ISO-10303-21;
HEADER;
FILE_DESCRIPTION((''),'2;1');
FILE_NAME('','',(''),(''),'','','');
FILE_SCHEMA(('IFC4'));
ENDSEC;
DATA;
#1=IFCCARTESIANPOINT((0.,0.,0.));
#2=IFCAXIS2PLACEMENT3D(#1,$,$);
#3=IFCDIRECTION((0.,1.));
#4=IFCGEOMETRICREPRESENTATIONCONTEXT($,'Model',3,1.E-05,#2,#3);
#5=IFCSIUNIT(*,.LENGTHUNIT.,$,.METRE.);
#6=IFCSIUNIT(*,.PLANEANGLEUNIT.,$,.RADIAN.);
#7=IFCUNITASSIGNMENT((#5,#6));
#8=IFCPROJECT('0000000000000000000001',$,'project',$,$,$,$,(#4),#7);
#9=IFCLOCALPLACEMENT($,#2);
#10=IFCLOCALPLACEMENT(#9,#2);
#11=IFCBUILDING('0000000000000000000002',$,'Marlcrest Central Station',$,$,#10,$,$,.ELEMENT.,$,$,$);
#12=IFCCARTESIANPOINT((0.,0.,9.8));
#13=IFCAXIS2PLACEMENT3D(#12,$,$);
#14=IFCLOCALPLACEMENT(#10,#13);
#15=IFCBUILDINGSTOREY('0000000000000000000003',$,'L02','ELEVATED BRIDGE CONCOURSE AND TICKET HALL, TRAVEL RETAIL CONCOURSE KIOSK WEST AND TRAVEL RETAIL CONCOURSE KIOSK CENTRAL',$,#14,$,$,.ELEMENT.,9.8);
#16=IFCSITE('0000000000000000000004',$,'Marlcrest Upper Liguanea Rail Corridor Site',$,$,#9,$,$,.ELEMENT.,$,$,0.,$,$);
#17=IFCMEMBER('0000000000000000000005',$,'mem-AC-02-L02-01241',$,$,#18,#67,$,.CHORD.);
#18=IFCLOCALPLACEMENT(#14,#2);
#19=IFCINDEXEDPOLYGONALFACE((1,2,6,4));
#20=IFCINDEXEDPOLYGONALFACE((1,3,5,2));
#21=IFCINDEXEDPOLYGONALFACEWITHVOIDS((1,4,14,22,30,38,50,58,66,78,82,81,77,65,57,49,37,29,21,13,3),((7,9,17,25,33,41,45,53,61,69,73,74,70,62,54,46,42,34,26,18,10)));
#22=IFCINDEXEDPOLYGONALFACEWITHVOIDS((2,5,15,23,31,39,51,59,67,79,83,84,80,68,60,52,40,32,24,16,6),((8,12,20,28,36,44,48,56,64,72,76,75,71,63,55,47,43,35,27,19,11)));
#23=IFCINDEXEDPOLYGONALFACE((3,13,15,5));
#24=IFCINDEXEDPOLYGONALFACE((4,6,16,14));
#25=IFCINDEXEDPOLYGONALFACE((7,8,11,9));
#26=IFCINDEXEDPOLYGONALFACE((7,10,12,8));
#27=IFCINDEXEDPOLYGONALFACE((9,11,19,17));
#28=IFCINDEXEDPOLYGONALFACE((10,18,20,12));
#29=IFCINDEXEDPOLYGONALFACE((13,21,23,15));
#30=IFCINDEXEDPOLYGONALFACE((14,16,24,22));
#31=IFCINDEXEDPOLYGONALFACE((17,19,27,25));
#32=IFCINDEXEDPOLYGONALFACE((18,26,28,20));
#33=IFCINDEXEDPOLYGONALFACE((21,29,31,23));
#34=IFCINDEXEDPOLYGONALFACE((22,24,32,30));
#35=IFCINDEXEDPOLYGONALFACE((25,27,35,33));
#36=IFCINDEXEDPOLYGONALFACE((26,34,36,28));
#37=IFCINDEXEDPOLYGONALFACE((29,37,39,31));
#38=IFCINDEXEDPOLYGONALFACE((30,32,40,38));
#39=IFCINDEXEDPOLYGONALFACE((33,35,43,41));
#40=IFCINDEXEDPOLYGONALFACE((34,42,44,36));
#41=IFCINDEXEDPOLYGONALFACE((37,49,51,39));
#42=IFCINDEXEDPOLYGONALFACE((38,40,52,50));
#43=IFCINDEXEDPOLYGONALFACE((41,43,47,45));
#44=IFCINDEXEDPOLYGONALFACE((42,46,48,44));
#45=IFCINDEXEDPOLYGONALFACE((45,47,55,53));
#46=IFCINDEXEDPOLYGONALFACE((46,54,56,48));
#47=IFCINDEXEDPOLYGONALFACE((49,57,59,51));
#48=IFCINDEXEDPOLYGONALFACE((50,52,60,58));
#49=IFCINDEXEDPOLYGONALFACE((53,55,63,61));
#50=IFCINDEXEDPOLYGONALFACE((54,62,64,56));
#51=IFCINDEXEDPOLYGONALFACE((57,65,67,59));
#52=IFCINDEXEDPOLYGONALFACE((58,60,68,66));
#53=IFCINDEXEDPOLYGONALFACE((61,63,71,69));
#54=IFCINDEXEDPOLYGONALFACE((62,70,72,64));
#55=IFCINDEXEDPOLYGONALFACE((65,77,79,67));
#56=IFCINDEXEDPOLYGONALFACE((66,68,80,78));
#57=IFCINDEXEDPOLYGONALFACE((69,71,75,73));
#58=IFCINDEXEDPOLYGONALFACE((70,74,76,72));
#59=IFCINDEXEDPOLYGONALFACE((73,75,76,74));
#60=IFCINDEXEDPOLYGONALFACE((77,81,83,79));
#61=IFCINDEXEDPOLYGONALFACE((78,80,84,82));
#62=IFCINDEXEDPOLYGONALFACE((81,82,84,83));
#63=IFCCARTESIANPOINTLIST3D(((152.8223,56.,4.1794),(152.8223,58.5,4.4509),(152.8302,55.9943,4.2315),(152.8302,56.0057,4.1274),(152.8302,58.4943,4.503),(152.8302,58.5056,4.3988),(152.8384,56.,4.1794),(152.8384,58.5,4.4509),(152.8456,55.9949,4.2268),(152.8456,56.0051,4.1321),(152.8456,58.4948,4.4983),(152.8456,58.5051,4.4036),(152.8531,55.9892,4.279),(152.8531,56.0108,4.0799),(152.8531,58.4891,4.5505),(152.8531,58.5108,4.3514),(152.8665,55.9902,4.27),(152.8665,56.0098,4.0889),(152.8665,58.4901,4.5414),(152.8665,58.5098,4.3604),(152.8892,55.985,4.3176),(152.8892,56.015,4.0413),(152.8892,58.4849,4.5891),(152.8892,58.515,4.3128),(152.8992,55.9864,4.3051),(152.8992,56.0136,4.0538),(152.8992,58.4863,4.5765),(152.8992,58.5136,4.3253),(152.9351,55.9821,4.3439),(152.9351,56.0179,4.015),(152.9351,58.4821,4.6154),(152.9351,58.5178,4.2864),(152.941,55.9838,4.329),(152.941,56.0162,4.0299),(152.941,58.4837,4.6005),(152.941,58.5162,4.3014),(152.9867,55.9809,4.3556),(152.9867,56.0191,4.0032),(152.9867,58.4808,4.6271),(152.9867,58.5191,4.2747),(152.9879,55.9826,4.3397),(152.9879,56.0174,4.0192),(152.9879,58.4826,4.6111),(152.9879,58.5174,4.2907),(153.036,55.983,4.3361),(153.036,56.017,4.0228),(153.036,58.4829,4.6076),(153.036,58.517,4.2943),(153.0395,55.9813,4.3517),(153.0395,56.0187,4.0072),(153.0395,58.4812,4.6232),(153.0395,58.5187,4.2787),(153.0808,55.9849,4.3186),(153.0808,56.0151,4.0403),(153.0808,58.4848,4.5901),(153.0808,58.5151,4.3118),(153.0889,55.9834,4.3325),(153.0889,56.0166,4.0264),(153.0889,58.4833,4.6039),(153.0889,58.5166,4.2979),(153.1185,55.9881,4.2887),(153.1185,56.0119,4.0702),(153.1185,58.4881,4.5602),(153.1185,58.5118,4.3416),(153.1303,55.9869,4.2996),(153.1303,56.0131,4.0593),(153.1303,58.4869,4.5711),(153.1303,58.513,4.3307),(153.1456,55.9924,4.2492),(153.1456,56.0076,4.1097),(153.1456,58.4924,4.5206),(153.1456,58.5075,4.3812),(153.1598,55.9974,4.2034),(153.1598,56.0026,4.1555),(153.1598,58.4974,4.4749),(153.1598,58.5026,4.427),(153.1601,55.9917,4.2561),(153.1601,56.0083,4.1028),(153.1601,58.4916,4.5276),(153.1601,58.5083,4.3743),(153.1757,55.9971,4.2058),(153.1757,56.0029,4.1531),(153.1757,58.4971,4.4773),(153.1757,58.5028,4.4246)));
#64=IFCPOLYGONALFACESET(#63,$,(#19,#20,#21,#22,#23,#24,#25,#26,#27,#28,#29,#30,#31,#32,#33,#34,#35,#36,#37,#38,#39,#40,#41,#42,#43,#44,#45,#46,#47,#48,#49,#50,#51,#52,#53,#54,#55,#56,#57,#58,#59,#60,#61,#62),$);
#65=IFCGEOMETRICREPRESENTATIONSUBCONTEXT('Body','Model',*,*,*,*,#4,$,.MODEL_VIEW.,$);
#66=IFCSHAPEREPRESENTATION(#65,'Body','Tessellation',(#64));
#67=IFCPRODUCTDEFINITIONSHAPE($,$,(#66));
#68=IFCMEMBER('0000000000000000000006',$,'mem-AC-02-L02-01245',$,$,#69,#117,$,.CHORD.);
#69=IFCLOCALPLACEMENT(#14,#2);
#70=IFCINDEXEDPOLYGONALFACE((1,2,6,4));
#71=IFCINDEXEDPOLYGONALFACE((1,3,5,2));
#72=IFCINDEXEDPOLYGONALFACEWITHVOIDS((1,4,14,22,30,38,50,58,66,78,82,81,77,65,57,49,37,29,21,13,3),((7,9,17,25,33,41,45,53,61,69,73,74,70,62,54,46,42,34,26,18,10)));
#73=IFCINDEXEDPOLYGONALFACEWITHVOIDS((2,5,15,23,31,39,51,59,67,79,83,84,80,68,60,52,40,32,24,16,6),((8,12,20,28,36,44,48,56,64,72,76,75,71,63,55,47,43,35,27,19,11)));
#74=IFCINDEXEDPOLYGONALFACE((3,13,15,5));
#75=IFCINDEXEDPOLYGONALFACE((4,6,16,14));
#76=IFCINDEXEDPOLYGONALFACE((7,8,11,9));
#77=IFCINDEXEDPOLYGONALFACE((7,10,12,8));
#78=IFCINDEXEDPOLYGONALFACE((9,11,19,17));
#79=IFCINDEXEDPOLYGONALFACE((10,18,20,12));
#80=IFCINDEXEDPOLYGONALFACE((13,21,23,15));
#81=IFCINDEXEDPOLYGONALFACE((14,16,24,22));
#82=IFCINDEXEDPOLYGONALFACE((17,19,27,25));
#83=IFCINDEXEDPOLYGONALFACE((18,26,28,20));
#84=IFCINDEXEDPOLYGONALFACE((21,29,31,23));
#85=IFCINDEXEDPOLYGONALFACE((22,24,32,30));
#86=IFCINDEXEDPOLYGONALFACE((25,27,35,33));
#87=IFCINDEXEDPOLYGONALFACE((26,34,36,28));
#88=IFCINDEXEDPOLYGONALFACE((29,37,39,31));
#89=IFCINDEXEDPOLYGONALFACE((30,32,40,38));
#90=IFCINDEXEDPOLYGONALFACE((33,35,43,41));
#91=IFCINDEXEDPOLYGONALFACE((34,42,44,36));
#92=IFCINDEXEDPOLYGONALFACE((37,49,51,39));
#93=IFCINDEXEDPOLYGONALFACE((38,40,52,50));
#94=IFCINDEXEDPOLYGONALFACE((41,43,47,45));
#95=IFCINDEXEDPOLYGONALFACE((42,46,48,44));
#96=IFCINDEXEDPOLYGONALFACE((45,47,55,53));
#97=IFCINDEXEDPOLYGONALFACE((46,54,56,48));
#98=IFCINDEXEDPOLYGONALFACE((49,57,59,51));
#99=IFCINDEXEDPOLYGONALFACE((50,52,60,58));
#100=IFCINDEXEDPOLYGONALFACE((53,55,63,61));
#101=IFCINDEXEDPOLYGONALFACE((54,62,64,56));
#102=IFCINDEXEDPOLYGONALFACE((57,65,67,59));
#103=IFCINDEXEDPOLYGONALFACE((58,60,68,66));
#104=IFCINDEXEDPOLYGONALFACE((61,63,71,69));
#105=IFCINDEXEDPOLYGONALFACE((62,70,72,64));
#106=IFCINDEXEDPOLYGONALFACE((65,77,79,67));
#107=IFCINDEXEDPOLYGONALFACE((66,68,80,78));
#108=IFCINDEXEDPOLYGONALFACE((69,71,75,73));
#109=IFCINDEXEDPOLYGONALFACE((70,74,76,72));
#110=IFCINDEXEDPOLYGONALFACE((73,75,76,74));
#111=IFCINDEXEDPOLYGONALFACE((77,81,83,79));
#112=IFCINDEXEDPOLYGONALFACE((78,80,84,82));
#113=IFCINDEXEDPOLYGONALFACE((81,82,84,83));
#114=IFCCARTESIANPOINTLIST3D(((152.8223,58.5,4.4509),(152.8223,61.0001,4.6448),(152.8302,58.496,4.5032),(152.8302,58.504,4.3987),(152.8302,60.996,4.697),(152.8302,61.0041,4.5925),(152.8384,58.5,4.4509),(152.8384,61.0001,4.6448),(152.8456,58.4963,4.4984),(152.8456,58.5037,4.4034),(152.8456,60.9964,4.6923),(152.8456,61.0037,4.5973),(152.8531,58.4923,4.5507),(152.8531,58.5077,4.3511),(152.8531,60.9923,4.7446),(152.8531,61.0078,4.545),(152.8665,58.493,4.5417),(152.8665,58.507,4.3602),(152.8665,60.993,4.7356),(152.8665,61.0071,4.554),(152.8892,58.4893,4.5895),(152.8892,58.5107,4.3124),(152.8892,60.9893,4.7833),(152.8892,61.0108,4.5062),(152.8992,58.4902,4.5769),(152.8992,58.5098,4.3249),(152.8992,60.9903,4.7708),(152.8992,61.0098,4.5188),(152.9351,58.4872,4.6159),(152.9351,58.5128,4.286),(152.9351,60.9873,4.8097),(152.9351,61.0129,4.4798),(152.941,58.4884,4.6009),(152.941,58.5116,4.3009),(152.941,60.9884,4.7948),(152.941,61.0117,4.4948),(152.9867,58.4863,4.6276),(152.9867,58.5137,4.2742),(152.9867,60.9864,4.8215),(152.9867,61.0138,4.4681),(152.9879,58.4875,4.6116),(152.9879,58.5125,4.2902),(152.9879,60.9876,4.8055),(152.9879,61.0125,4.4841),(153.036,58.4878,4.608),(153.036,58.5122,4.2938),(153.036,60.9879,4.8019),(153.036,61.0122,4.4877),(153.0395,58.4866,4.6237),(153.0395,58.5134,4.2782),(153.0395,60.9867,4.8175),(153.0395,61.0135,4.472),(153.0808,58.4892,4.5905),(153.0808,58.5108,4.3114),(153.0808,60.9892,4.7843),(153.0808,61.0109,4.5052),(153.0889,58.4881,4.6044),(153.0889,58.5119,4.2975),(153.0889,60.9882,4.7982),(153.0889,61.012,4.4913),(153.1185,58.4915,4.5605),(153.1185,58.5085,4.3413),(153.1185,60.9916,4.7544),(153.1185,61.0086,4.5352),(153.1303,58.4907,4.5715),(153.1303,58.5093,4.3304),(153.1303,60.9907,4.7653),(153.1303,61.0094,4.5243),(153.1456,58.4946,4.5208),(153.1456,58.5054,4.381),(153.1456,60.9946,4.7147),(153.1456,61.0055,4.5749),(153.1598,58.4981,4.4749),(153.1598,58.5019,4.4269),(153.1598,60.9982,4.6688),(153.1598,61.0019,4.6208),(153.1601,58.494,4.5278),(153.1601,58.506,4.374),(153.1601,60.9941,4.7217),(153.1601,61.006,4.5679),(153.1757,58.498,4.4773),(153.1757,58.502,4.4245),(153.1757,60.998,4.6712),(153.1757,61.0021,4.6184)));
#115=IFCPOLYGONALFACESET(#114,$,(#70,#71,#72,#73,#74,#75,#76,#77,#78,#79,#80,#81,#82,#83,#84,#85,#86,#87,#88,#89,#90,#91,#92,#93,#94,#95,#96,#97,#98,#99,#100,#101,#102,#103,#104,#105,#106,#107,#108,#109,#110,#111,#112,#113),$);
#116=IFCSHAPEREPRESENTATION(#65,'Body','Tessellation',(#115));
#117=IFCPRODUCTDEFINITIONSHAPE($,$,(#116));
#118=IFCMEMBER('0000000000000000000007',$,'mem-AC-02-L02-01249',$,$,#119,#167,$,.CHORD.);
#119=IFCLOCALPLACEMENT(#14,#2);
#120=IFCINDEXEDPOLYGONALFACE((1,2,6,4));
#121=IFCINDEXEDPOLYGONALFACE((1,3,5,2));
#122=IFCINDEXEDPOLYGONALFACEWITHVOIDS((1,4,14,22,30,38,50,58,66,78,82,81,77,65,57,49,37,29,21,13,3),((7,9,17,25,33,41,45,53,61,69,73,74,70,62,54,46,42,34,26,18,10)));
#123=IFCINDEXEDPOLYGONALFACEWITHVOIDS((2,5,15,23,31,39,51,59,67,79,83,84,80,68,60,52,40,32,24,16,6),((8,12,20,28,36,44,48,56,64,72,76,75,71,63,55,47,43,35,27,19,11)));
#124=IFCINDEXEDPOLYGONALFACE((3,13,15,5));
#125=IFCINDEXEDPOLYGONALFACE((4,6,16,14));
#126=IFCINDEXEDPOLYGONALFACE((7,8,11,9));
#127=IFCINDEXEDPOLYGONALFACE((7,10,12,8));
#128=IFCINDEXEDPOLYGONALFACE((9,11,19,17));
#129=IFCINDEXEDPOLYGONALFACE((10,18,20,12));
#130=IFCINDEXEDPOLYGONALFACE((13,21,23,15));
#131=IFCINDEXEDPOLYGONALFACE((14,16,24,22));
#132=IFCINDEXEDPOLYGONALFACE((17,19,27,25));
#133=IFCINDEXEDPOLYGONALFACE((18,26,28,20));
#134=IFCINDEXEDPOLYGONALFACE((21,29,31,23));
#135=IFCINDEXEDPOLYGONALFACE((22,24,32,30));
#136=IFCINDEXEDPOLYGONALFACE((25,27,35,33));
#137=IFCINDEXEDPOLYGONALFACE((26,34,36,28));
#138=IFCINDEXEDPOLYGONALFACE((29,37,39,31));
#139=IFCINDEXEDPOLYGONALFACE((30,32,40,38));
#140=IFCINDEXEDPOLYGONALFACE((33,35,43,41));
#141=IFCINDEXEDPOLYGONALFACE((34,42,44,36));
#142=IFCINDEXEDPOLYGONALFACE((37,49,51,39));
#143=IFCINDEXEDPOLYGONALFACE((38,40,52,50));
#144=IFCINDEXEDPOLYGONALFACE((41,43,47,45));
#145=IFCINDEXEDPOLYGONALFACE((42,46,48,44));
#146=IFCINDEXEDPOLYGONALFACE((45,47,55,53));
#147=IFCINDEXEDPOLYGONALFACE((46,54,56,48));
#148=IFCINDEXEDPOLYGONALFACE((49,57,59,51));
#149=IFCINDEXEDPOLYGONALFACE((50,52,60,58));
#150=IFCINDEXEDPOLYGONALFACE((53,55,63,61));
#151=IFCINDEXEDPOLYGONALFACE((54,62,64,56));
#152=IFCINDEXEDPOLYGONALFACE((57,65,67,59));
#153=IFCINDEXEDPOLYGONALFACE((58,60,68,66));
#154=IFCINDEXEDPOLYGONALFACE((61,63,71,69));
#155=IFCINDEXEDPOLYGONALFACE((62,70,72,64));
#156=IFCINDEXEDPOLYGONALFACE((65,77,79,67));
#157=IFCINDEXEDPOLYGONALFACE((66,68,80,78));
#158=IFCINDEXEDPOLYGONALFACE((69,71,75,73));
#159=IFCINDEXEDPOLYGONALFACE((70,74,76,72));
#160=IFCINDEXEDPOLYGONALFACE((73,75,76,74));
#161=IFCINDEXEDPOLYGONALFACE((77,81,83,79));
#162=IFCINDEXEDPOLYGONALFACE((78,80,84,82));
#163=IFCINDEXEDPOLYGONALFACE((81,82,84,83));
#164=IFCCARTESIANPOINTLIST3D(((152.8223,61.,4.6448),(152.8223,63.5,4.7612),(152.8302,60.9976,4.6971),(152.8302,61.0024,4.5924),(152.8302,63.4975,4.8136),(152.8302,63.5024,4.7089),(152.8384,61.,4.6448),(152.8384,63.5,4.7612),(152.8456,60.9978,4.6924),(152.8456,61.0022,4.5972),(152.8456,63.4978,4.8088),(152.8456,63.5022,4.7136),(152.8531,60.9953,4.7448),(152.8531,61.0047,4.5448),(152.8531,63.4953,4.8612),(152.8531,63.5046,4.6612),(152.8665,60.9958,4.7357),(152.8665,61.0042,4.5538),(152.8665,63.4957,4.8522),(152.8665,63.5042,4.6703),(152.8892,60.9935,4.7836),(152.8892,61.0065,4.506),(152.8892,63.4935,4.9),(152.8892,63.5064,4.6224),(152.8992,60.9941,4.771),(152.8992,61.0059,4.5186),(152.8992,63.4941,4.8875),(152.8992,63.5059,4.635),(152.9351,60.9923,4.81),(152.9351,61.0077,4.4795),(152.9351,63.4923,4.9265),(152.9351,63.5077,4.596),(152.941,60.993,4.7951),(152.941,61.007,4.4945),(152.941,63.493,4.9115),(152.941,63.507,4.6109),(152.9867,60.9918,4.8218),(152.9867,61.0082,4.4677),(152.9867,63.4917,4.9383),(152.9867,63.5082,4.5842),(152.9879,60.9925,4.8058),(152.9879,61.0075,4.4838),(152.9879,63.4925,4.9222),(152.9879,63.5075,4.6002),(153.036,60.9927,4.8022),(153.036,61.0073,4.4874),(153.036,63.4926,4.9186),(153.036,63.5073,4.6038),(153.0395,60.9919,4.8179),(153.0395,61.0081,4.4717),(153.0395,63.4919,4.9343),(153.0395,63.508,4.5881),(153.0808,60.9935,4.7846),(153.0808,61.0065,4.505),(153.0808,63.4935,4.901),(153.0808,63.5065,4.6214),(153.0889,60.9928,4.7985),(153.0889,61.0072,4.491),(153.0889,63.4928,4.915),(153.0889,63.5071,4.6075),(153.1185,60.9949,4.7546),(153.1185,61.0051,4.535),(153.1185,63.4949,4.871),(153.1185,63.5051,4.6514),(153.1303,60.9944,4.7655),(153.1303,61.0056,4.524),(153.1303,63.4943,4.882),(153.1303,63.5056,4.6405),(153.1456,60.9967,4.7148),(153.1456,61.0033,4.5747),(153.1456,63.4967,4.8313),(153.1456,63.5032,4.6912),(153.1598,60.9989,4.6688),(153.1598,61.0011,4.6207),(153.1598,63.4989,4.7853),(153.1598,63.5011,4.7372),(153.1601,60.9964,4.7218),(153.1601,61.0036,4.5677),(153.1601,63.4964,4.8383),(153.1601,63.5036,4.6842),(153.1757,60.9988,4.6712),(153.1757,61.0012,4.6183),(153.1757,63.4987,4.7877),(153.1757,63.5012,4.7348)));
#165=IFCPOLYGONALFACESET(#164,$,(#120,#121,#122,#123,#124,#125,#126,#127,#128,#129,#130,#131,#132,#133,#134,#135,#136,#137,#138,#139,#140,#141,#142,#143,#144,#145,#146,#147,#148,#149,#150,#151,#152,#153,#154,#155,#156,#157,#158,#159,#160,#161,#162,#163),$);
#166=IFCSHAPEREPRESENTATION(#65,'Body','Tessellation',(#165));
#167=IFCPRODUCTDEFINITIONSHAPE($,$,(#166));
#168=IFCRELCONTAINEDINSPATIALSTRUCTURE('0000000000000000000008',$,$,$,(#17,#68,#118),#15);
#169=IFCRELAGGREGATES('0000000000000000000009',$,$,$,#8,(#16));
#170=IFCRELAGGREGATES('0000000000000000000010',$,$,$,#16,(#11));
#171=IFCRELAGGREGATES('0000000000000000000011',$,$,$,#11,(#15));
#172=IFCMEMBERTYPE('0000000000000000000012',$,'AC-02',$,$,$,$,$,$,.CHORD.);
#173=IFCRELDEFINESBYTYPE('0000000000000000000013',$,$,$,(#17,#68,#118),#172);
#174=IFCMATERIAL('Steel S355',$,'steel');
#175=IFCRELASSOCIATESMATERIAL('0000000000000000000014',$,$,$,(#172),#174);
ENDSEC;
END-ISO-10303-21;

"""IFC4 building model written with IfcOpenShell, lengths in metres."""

from ifc_helpers import new_model, si_unit, direction, frame, origin, origin_2d, place, context, subcontext, project, spatial, hollow_circle, extrude, material, material_profile, profile_set, type_object, element, save


model = new_model("IFC4")

# Units and contexts
model_context = context("Model", 3, precision=1e-05, world=origin(), true_north=direction((0.0, 1.0)))
body_context = subcontext(model_context, "Body", "Model", "MODEL_VIEW")
ifc_project = project(units=[si_unit("LENGTHUNIT", "METRE"), si_unit("PLANEANGLEUNIT", "RADIAN")], contexts=[model_context])

# Site, building, storey
site_placement = place(None, origin())
site = spatial("IfcSite", under=ifc_project, at=site_placement, Name="Marlcrest Upper Liguanea Rail Corridor Site", CompositionType="ELEMENT", RefElevation=0.0)
building_placement = place(site_placement, origin())
building = spatial("IfcBuilding", under=site, at=building_placement, Name="Marlcrest Central Station", CompositionType="ELEMENT")
storey_placement = place(building_placement, frame((0.0, 0.0, 9.8)))
storey = spatial("IfcBuildingStorey", under=building, at=storey_placement, Name="L02", Description="ELEVATED BRIDGE CONCOURSE AND TICKET HALL, TRAVEL RETAIL CONCOURSE KIOSK WEST AND TRAVEL RETAIL CONCOURSE KIOSK CENTRAL", CompositionType="ELEMENT", Elevation=9.8)

# Members
ifc_material = material(Name="Steel S355", Category="steel")
ifc_material_profile_1 = material_profile(ifc_material, hollow_circle(Radius=0.1777, WallThickness=0.0161, at=origin_2d()), Name="CHS 355.6x16")
ifc_profile_set_1 = profile_set([ifc_material_profile_1], Name="Steel S355")
member_type_1 = type_object("IfcMemberType", Name="AC-02", PredefinedType="CHORD", material=ifc_profile_set_1)
member_1_placement = place(storey_placement, frame((153.0, 56.0, 4.1794), z_axis=(0.0, 0.994155, 0.107959), x_axis=(-1.0, 0.0, 0.0)))
element("IfcMember", 1, at=member_1_placement, inside=storey, type_object=member_type_1, Name="mem-AC-02-L02-01241", PredefinedType="CHORD", context=body_context, shape_type="SweptSolid", body=[
    extrude(hollow_circle(Radius=0.1777, WallThickness=0.0161, at=origin_2d()), origin(), (0.0, 0.0, 1.0), 2.5146),
])
member_2_placement = place(storey_placement, frame((153.0, 58.5, 4.4509), z_axis=(0.0, 0.997007, 0.077307), x_axis=(-1.0, 0.0, 0.0)))
element("IfcMember", 2, at=member_2_placement, inside=storey, type_object=member_type_1, Name="mem-AC-02-L02-01245", PredefinedType="CHORD", context=body_context, shape_type="SweptSolid", body=[
    extrude(hollow_circle(Radius=0.1777, WallThickness=0.0161, at=origin_2d()), origin(), (0.0, 0.0, 1.0), 2.5076),
])
member_3_placement = place(storey_placement, frame((153.0, 61.0, 4.6448), z_axis=(0.0, 0.998917, 0.046532), x_axis=(-1.0, 0.0, 0.0)))
element("IfcMember", 3, at=member_3_placement, inside=storey, type_object=member_type_1, Name="mem-AC-02-L02-01249", PredefinedType="CHORD", context=body_context, shape_type="SweptSolid", body=[
    extrude(hollow_circle(Radius=0.1777, WallThickness=0.0161, at=origin_2d()), origin(), (0.0, 0.0, 1.0), 2.5027),
])

save(model, "model.ifc")
